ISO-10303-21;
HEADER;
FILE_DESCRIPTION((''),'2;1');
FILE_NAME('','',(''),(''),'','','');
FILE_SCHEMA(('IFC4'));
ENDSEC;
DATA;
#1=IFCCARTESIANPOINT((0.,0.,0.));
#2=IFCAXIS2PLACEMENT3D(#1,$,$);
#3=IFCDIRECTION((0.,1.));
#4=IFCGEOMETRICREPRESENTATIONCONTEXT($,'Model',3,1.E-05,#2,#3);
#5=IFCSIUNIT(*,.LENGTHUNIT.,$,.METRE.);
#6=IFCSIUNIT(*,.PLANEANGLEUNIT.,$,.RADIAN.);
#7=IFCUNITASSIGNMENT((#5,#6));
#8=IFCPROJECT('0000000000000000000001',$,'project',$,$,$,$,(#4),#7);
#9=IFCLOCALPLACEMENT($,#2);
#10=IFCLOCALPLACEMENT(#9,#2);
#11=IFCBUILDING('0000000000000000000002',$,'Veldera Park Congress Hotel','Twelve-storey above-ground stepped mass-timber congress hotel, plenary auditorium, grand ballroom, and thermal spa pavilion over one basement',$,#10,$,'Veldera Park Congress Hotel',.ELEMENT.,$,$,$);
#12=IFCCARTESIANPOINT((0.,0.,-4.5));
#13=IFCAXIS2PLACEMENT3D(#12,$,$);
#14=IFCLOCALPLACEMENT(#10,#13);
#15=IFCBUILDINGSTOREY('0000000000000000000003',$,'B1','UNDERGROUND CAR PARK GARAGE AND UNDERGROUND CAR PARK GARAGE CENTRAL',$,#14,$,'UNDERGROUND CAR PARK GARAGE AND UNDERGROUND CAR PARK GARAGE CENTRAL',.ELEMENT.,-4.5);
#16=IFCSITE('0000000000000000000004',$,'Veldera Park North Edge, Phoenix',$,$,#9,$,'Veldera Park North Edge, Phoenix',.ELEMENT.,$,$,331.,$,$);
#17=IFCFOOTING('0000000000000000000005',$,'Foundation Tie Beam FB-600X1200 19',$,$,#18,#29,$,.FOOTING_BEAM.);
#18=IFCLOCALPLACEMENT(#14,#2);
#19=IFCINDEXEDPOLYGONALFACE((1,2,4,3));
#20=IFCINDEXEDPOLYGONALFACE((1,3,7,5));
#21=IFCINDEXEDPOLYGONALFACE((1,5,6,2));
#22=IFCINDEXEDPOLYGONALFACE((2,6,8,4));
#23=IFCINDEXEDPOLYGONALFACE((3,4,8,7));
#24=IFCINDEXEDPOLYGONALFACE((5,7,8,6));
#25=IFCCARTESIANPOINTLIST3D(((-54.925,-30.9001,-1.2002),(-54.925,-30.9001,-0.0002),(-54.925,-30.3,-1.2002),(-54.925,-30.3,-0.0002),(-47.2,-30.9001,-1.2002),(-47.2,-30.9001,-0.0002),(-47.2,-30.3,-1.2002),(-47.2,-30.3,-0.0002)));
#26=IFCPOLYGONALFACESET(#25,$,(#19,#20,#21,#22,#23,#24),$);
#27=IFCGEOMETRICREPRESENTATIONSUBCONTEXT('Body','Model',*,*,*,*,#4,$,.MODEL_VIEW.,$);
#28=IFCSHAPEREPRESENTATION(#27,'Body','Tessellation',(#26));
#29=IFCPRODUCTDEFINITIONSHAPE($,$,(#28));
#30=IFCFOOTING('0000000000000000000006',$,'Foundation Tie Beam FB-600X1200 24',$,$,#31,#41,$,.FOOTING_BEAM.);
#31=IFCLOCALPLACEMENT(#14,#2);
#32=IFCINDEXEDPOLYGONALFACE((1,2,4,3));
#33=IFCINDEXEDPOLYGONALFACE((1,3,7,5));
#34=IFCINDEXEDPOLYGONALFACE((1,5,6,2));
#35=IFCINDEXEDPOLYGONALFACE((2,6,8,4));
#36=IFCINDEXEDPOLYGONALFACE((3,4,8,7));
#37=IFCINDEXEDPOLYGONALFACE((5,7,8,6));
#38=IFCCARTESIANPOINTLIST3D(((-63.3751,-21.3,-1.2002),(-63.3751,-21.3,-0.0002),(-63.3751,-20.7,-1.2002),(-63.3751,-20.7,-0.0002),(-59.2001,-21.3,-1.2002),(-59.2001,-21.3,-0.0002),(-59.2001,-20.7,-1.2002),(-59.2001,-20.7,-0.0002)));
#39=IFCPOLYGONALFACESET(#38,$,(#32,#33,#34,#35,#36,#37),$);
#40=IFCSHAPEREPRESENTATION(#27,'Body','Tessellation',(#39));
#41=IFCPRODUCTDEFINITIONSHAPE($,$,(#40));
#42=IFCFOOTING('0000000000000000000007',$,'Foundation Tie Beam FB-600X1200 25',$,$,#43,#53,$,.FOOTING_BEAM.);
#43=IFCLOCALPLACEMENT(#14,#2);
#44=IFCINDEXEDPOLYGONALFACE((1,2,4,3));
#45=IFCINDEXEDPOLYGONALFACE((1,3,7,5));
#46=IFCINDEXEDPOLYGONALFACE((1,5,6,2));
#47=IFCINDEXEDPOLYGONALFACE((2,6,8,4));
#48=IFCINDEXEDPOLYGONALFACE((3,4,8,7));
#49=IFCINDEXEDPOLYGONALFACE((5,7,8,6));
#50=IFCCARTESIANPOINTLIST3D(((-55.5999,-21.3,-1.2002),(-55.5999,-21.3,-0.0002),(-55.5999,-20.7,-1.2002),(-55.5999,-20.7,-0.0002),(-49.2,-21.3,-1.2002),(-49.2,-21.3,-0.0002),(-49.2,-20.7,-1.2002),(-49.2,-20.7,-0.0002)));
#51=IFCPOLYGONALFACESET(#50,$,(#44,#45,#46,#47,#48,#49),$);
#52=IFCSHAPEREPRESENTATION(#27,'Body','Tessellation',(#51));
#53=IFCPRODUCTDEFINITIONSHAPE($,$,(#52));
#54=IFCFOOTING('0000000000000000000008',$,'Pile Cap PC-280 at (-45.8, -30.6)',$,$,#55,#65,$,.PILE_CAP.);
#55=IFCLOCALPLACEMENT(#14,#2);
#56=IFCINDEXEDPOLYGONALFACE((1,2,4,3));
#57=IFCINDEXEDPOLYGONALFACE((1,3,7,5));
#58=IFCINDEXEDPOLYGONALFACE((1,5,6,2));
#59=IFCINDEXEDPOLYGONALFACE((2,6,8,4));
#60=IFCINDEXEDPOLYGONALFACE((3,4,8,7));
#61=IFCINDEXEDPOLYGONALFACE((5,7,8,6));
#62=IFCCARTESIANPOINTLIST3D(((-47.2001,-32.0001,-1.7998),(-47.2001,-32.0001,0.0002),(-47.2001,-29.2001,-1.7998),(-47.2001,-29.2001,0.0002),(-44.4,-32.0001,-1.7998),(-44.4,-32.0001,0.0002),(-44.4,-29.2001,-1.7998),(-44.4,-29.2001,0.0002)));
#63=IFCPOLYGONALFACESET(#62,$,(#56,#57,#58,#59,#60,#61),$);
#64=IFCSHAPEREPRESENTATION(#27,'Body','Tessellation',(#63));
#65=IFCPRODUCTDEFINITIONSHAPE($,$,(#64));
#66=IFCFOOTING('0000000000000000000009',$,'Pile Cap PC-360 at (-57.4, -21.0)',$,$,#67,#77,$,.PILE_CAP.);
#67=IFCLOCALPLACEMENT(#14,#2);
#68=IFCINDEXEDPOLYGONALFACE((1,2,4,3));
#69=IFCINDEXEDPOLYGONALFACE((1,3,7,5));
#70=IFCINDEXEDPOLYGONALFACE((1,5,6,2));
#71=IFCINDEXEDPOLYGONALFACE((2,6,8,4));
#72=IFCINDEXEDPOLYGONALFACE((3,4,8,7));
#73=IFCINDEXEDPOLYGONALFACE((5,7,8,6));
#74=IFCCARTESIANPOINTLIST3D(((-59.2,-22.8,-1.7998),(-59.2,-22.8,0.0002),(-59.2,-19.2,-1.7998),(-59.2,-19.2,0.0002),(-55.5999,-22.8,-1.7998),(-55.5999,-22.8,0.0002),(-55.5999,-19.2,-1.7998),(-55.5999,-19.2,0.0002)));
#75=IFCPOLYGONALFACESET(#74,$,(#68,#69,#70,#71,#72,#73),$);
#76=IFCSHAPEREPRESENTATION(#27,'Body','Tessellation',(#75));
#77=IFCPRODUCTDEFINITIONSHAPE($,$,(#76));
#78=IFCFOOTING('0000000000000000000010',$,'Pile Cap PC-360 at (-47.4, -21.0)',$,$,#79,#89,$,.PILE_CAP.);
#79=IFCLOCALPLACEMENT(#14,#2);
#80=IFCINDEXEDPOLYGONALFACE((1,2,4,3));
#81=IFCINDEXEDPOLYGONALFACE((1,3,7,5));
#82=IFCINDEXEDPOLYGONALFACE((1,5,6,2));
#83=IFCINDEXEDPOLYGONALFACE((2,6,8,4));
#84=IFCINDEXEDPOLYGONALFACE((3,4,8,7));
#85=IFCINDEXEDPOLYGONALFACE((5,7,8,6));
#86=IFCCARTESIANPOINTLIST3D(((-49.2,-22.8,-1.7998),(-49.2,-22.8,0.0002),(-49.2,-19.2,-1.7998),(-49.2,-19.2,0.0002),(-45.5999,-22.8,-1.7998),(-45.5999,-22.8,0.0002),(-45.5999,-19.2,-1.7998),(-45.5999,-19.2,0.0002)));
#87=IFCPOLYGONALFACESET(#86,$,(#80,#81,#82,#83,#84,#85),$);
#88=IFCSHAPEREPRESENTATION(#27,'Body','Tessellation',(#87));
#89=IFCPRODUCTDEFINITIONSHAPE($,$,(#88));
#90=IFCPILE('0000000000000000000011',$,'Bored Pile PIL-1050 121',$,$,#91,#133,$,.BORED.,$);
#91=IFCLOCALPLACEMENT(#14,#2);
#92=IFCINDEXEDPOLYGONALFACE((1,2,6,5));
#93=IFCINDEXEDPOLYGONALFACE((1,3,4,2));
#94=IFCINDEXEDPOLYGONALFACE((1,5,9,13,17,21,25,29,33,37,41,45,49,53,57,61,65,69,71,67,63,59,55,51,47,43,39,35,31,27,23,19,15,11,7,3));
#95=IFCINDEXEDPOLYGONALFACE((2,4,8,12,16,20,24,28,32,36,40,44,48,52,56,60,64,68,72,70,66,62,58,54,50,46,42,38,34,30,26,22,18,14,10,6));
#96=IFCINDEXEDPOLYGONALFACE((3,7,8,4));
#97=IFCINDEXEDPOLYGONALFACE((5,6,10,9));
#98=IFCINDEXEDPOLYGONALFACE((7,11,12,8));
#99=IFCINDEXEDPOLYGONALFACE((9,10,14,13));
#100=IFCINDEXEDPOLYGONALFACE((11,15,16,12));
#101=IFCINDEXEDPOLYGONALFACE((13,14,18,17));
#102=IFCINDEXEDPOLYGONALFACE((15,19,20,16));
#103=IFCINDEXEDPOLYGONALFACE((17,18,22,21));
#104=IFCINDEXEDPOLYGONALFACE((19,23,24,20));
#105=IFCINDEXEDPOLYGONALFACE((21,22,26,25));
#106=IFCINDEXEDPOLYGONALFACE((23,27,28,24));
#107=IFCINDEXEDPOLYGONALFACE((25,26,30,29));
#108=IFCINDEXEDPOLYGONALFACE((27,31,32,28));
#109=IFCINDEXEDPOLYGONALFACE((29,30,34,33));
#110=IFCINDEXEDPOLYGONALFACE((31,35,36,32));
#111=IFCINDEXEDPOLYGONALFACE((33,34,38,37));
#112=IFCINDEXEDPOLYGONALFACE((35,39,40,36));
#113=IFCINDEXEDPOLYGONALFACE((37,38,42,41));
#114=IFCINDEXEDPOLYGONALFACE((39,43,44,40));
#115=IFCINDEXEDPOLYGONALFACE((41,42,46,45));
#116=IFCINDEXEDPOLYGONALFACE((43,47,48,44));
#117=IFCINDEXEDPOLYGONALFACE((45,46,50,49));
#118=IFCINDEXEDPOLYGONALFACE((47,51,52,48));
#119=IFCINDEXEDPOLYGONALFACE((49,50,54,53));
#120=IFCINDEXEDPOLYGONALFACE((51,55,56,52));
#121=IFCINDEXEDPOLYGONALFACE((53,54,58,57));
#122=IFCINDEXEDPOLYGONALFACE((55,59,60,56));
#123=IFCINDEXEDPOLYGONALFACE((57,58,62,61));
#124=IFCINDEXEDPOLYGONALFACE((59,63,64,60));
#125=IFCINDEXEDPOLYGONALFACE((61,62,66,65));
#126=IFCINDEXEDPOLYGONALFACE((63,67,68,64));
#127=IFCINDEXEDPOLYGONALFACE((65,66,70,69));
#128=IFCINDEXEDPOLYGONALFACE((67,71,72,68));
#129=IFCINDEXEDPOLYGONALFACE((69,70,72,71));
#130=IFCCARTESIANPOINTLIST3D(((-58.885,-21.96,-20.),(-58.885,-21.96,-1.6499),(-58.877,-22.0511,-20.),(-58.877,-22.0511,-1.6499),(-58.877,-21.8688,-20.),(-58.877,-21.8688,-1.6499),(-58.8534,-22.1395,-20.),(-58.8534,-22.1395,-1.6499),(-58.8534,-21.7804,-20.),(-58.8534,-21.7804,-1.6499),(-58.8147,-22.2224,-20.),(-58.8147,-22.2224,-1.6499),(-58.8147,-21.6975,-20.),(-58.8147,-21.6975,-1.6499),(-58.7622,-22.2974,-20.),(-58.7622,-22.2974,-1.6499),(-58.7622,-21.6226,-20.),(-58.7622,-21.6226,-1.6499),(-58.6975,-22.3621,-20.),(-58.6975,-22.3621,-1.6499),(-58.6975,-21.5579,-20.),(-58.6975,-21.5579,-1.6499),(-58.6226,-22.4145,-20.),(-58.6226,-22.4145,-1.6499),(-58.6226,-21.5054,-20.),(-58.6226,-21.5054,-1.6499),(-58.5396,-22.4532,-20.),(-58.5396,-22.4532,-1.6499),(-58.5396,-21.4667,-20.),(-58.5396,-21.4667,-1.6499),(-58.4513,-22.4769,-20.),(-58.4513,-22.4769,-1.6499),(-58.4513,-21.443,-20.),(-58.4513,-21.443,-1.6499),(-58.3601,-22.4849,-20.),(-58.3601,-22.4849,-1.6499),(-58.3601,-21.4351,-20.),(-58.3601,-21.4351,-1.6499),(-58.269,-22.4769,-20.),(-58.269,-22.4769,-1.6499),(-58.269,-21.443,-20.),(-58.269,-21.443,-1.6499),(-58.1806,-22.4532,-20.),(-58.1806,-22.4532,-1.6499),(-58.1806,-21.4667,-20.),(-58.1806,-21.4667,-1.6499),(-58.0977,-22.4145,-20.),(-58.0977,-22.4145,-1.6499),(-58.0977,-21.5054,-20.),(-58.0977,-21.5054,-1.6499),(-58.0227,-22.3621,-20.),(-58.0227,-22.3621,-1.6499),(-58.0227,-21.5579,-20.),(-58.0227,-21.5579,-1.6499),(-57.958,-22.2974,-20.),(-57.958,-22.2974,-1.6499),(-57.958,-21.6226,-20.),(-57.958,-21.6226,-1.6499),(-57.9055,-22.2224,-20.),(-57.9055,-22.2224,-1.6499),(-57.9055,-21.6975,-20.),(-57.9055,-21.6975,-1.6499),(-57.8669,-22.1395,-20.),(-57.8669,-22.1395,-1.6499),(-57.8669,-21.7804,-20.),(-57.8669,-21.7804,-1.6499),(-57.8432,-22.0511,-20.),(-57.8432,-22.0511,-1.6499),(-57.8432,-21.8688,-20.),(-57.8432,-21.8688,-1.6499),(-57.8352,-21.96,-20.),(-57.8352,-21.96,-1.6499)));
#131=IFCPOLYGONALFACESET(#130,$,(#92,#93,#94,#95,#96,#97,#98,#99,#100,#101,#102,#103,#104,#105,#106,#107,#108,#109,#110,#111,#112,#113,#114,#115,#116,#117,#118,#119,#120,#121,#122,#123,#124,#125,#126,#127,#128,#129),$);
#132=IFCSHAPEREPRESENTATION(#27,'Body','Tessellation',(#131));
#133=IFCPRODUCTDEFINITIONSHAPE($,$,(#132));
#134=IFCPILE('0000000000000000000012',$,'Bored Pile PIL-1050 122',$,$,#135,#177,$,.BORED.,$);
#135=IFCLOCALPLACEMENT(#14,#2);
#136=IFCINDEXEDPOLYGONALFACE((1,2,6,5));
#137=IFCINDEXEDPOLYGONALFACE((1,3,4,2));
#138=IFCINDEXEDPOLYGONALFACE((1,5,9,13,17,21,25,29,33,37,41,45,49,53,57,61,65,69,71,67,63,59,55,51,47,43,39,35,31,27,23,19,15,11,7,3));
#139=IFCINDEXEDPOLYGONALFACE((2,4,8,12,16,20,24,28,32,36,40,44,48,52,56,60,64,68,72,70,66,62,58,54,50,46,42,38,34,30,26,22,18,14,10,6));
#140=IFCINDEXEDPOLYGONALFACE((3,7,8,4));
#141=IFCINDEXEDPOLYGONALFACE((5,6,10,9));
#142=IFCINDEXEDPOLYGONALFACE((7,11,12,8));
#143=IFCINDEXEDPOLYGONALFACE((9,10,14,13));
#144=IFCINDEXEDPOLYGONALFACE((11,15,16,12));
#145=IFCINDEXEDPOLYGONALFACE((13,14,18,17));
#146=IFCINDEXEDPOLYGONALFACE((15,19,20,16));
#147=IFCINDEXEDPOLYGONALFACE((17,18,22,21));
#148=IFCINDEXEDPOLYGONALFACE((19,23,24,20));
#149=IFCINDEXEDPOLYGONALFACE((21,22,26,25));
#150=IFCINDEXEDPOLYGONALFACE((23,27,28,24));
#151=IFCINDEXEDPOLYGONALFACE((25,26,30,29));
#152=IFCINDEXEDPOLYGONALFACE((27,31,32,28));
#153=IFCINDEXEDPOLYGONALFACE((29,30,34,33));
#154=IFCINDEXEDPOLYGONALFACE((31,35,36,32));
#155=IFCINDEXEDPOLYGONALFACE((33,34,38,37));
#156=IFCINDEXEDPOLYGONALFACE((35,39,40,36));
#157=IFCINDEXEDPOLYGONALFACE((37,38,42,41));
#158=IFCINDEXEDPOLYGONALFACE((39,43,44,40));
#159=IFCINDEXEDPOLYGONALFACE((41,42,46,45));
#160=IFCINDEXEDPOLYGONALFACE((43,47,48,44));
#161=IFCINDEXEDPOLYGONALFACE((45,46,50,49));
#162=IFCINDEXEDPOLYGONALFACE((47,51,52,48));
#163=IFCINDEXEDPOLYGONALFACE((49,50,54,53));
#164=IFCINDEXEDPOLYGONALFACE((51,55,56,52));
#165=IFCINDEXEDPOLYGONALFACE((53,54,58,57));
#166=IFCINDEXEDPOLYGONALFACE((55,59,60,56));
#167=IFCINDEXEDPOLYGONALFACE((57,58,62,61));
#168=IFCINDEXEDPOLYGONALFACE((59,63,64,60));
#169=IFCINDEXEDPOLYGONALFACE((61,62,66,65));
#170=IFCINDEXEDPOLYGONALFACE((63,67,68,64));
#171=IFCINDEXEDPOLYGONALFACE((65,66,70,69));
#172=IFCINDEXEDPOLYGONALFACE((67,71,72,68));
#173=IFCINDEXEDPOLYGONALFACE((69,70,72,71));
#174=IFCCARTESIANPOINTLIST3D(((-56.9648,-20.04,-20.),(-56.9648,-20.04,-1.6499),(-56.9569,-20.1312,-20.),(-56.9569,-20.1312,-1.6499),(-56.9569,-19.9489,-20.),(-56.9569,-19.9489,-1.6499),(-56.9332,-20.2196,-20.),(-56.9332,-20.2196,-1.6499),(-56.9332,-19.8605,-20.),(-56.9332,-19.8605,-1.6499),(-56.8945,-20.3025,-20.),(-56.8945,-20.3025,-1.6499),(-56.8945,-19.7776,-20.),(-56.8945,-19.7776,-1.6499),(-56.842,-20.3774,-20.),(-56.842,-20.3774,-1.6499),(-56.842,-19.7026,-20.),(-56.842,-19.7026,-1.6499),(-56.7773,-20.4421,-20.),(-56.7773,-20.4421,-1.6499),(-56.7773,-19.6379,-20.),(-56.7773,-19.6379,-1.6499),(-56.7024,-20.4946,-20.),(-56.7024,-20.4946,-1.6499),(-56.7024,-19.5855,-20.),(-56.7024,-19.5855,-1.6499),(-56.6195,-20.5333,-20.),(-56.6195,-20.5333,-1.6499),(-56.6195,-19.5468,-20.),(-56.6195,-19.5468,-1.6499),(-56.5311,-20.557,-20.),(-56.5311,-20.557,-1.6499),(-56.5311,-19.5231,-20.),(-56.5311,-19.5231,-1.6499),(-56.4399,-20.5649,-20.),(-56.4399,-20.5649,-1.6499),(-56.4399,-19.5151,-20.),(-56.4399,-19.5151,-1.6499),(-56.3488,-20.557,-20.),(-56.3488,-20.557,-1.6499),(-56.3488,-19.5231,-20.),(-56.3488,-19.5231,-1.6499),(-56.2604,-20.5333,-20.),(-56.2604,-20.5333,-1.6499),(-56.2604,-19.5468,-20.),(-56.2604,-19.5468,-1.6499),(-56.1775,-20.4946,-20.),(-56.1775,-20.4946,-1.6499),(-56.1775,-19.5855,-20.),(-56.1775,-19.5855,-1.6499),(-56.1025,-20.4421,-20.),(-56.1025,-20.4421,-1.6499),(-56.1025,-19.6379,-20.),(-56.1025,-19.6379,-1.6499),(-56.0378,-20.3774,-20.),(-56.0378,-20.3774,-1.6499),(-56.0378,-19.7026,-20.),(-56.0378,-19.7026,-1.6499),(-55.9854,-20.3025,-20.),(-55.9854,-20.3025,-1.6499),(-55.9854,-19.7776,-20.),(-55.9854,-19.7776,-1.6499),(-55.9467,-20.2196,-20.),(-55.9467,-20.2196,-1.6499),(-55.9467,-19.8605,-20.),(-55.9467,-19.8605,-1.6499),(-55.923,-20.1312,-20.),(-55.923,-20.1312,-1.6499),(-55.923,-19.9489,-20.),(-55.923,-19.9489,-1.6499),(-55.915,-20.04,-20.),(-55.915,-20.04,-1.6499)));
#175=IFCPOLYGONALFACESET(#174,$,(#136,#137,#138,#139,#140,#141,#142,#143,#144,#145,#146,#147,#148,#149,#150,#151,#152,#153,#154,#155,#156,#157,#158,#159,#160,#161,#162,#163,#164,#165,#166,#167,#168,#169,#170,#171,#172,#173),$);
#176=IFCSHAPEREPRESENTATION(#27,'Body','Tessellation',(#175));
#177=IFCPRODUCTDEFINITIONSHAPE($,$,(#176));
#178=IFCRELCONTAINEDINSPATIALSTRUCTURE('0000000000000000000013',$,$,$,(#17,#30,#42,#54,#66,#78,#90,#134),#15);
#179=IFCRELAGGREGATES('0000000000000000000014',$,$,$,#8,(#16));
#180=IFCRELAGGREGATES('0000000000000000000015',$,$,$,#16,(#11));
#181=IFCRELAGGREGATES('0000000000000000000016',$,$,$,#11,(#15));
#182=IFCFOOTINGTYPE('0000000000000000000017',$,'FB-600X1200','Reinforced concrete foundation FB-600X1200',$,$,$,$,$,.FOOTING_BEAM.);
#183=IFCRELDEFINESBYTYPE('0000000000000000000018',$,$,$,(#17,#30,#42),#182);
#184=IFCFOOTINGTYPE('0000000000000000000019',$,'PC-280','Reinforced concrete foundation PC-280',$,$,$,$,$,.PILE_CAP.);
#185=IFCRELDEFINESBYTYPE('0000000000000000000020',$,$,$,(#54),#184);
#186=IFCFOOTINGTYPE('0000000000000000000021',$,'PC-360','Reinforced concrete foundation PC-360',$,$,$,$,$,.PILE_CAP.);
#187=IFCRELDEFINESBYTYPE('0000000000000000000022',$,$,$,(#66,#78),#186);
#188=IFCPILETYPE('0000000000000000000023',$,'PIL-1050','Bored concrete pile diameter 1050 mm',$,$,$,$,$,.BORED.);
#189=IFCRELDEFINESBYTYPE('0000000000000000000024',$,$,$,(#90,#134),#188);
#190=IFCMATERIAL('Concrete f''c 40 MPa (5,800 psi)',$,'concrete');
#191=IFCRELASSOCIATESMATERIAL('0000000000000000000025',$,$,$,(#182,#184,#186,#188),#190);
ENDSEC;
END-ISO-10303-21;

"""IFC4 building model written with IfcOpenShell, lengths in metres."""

from ifc_helpers import new_model, si_unit, direction, frame, origin, origin_2d, place, context, subcontext, project, spatial, rectangle, circle, extrude, material, material_profile, profile_set, type_object, element, save


model = new_model("IFC4")

# Units and contexts
model_context = context("Model", 3, precision=1e-05, world=origin(), true_north=direction((0.0, 1.0)))
body_context = subcontext(model_context, "Body", "Model", "MODEL_VIEW")
ifc_project = project(units=[si_unit("LENGTHUNIT", "METRE"), si_unit("PLANEANGLEUNIT", "RADIAN")], contexts=[model_context])

# Site, building, storey
site_placement = place(None, origin())
site = spatial("IfcSite", under=ifc_project, at=site_placement, Name="Veldera Park North Edge, Phoenix", LongName="Veldera Park North Edge, Phoenix", CompositionType="ELEMENT", RefElevation=331.0)
building_placement = place(site_placement, origin())
building = spatial("IfcBuilding", under=site, at=building_placement, Name="Veldera Park Congress Hotel", Description="Twelve-storey above-ground stepped mass-timber congress hotel, plenary auditorium, grand ballroom, and thermal spa pavilion over one basement", LongName="Veldera Park Congress Hotel", CompositionType="ELEMENT")
storey_placement = place(building_placement, frame((0.0, 0.0, -4.5)))
storey = spatial("IfcBuildingStorey", under=building, at=storey_placement, Name="B1", Description="UNDERGROUND CAR PARK GARAGE AND UNDERGROUND CAR PARK GARAGE CENTRAL", LongName="UNDERGROUND CAR PARK GARAGE AND UNDERGROUND CAR PARK GARAGE CENTRAL", CompositionType="ELEMENT", Elevation=-4.5)

# Footings
ifc_material_1 = material(Name="Concrete f'c 40 MPa (5,800 psi)", Category="concrete")
footing_type_1 = type_object("IfcFootingType", Name="FB-600X1200", Description="Reinforced concrete foundation FB-600X1200", PredefinedType="FOOTING_BEAM", material=ifc_material_1)
footing_1_placement = place(storey_placement, frame((-51.0625, -30.6001, -1.2002), z_axis=(0.0, 0.0, 1.0), x_axis=(1.0, 0.0, 0.0)))
element("IfcFooting", 1, at=footing_1_placement, inside=storey, type_object=footing_type_1, Name="Foundation Tie Beam FB-600X1200 19", PredefinedType="FOOTING_BEAM", context=body_context, shape_type="SweptSolid", body=[
    extrude(rectangle(XDim=7.7251, YDim=0.6001, at=origin_2d()), origin(), (0.0, 0.0, 1.0), 1.2),
])
footing_2_placement = place(storey_placement, frame((-61.2876, -21.0, -1.2002), z_axis=(0.0, 0.0, 1.0), x_axis=(1.0, 0.0, 0.0)))
element("IfcFooting", 2, at=footing_2_placement, inside=storey, type_object=footing_type_1, Name="Foundation Tie Beam FB-600X1200 24", PredefinedType="FOOTING_BEAM", context=body_context, shape_type="SweptSolid", body=[
    extrude(rectangle(XDim=4.175, YDim=0.6001, at=origin_2d()), origin(), (0.0, 0.0, 1.0), 1.2),
])
footing_3_placement = place(storey_placement, frame((-52.3999, -21.0, -1.2002), z_axis=(0.0, 0.0, 1.0), x_axis=(1.0, 0.0, 0.0)))
element("IfcFooting", 3, at=footing_3_placement, inside=storey, type_object=footing_type_1, Name="Foundation Tie Beam FB-600X1200 25", PredefinedType="FOOTING_BEAM", context=body_context, shape_type="SweptSolid", body=[
    extrude(rectangle(XDim=6.3999, YDim=0.6001, at=origin_2d()), origin(), (0.0, 0.0, 1.0), 1.2),
])
footing_type_2 = type_object("IfcFootingType", Name="PC-280", Description="Reinforced concrete foundation PC-280", PredefinedType="PILE_CAP", material=ifc_material_1)
footing_4_placement = place(storey_placement, frame((-45.8, -30.6001, -1.7998), z_axis=(0.0, 0.0, 1.0), x_axis=(1.0, 0.0, 0.0)))
element("IfcFooting", 4, at=footing_4_placement, inside=storey, type_object=footing_type_2, Name="Pile Cap PC-280 at (-45.8, -30.6)", PredefinedType="PILE_CAP", context=body_context, shape_type="SweptSolid", body=[
    extrude(rectangle(XDim=2.8, YDim=2.8, at=origin_2d()), origin(), (0.0, 0.0, 1.0), 1.8),
])
footing_type_3 = type_object("IfcFootingType", Name="PC-360", Description="Reinforced concrete foundation PC-360", PredefinedType="PILE_CAP", material=ifc_material_1)
for number, where, z_axis, x_axis, name in (
    (5, (-57.3999, -21.0, -1.7998), (0.0, 0.0, 1.0), (1.0, 0.0, 0.0), "Pile Cap PC-360 at (-57.4, -21.0)"),
    (6, (-47.3999, -21.0, -1.7998), (0.0, 0.0, 1.0), (1.0, 0.0, 0.0), "Pile Cap PC-360 at (-47.4, -21.0)"),
):
    element("IfcFooting", number, at=place(storey_placement, frame(where, z_axis=z_axis, x_axis=x_axis)), inside=storey, type_object=footing_type_3, Name=name, PredefinedType="PILE_CAP", context=body_context, shape_type="SweptSolid", body=[
        extrude(rectangle(XDim=3.6001, YDim=3.6001, at=origin_2d()), origin(), (0.0, 0.0, 1.0), 1.8),
    ])

# Piles
ifc_material_profile_1 = material_profile(ifc_material_1, circle(Radius=0.5249, at=origin_2d()), Name="PILE D1050")
ifc_profile_set_1 = profile_set([ifc_material_profile_1], Name="Concrete f'c 40 MPa (5,800 psi)")
pile_type_1 = type_object("IfcPileType", Name="PIL-1050", Description="Bored concrete pile diameter 1050 mm", PredefinedType="BORED", material=ifc_profile_set_1)
for number, where, z_axis, x_axis, name in (
    (7, (-58.3601, -21.96, -1.6499), (0.0, 0.0, -1.0), (1.0, 0.0, 0.0), "Bored Pile PIL-1050 121"),
    (8, (-56.4399, -20.04, -1.6499), (0.0, 0.0, -1.0), (1.0, 0.0, 0.0), "Bored Pile PIL-1050 122"),
):
    element("IfcPile", number, at=place(storey_placement, frame(where, z_axis=z_axis, x_axis=x_axis)), inside=storey, type_object=pile_type_1, Name=name, PredefinedType="BORED", context=body_context, shape_type="SweptSolid", body=[
        extrude(circle(Radius=0.5249, at=origin_2d()), origin(), (0.0, 0.0, 1.0), 18.3501),
    ])

save(model, "model.ifc")
